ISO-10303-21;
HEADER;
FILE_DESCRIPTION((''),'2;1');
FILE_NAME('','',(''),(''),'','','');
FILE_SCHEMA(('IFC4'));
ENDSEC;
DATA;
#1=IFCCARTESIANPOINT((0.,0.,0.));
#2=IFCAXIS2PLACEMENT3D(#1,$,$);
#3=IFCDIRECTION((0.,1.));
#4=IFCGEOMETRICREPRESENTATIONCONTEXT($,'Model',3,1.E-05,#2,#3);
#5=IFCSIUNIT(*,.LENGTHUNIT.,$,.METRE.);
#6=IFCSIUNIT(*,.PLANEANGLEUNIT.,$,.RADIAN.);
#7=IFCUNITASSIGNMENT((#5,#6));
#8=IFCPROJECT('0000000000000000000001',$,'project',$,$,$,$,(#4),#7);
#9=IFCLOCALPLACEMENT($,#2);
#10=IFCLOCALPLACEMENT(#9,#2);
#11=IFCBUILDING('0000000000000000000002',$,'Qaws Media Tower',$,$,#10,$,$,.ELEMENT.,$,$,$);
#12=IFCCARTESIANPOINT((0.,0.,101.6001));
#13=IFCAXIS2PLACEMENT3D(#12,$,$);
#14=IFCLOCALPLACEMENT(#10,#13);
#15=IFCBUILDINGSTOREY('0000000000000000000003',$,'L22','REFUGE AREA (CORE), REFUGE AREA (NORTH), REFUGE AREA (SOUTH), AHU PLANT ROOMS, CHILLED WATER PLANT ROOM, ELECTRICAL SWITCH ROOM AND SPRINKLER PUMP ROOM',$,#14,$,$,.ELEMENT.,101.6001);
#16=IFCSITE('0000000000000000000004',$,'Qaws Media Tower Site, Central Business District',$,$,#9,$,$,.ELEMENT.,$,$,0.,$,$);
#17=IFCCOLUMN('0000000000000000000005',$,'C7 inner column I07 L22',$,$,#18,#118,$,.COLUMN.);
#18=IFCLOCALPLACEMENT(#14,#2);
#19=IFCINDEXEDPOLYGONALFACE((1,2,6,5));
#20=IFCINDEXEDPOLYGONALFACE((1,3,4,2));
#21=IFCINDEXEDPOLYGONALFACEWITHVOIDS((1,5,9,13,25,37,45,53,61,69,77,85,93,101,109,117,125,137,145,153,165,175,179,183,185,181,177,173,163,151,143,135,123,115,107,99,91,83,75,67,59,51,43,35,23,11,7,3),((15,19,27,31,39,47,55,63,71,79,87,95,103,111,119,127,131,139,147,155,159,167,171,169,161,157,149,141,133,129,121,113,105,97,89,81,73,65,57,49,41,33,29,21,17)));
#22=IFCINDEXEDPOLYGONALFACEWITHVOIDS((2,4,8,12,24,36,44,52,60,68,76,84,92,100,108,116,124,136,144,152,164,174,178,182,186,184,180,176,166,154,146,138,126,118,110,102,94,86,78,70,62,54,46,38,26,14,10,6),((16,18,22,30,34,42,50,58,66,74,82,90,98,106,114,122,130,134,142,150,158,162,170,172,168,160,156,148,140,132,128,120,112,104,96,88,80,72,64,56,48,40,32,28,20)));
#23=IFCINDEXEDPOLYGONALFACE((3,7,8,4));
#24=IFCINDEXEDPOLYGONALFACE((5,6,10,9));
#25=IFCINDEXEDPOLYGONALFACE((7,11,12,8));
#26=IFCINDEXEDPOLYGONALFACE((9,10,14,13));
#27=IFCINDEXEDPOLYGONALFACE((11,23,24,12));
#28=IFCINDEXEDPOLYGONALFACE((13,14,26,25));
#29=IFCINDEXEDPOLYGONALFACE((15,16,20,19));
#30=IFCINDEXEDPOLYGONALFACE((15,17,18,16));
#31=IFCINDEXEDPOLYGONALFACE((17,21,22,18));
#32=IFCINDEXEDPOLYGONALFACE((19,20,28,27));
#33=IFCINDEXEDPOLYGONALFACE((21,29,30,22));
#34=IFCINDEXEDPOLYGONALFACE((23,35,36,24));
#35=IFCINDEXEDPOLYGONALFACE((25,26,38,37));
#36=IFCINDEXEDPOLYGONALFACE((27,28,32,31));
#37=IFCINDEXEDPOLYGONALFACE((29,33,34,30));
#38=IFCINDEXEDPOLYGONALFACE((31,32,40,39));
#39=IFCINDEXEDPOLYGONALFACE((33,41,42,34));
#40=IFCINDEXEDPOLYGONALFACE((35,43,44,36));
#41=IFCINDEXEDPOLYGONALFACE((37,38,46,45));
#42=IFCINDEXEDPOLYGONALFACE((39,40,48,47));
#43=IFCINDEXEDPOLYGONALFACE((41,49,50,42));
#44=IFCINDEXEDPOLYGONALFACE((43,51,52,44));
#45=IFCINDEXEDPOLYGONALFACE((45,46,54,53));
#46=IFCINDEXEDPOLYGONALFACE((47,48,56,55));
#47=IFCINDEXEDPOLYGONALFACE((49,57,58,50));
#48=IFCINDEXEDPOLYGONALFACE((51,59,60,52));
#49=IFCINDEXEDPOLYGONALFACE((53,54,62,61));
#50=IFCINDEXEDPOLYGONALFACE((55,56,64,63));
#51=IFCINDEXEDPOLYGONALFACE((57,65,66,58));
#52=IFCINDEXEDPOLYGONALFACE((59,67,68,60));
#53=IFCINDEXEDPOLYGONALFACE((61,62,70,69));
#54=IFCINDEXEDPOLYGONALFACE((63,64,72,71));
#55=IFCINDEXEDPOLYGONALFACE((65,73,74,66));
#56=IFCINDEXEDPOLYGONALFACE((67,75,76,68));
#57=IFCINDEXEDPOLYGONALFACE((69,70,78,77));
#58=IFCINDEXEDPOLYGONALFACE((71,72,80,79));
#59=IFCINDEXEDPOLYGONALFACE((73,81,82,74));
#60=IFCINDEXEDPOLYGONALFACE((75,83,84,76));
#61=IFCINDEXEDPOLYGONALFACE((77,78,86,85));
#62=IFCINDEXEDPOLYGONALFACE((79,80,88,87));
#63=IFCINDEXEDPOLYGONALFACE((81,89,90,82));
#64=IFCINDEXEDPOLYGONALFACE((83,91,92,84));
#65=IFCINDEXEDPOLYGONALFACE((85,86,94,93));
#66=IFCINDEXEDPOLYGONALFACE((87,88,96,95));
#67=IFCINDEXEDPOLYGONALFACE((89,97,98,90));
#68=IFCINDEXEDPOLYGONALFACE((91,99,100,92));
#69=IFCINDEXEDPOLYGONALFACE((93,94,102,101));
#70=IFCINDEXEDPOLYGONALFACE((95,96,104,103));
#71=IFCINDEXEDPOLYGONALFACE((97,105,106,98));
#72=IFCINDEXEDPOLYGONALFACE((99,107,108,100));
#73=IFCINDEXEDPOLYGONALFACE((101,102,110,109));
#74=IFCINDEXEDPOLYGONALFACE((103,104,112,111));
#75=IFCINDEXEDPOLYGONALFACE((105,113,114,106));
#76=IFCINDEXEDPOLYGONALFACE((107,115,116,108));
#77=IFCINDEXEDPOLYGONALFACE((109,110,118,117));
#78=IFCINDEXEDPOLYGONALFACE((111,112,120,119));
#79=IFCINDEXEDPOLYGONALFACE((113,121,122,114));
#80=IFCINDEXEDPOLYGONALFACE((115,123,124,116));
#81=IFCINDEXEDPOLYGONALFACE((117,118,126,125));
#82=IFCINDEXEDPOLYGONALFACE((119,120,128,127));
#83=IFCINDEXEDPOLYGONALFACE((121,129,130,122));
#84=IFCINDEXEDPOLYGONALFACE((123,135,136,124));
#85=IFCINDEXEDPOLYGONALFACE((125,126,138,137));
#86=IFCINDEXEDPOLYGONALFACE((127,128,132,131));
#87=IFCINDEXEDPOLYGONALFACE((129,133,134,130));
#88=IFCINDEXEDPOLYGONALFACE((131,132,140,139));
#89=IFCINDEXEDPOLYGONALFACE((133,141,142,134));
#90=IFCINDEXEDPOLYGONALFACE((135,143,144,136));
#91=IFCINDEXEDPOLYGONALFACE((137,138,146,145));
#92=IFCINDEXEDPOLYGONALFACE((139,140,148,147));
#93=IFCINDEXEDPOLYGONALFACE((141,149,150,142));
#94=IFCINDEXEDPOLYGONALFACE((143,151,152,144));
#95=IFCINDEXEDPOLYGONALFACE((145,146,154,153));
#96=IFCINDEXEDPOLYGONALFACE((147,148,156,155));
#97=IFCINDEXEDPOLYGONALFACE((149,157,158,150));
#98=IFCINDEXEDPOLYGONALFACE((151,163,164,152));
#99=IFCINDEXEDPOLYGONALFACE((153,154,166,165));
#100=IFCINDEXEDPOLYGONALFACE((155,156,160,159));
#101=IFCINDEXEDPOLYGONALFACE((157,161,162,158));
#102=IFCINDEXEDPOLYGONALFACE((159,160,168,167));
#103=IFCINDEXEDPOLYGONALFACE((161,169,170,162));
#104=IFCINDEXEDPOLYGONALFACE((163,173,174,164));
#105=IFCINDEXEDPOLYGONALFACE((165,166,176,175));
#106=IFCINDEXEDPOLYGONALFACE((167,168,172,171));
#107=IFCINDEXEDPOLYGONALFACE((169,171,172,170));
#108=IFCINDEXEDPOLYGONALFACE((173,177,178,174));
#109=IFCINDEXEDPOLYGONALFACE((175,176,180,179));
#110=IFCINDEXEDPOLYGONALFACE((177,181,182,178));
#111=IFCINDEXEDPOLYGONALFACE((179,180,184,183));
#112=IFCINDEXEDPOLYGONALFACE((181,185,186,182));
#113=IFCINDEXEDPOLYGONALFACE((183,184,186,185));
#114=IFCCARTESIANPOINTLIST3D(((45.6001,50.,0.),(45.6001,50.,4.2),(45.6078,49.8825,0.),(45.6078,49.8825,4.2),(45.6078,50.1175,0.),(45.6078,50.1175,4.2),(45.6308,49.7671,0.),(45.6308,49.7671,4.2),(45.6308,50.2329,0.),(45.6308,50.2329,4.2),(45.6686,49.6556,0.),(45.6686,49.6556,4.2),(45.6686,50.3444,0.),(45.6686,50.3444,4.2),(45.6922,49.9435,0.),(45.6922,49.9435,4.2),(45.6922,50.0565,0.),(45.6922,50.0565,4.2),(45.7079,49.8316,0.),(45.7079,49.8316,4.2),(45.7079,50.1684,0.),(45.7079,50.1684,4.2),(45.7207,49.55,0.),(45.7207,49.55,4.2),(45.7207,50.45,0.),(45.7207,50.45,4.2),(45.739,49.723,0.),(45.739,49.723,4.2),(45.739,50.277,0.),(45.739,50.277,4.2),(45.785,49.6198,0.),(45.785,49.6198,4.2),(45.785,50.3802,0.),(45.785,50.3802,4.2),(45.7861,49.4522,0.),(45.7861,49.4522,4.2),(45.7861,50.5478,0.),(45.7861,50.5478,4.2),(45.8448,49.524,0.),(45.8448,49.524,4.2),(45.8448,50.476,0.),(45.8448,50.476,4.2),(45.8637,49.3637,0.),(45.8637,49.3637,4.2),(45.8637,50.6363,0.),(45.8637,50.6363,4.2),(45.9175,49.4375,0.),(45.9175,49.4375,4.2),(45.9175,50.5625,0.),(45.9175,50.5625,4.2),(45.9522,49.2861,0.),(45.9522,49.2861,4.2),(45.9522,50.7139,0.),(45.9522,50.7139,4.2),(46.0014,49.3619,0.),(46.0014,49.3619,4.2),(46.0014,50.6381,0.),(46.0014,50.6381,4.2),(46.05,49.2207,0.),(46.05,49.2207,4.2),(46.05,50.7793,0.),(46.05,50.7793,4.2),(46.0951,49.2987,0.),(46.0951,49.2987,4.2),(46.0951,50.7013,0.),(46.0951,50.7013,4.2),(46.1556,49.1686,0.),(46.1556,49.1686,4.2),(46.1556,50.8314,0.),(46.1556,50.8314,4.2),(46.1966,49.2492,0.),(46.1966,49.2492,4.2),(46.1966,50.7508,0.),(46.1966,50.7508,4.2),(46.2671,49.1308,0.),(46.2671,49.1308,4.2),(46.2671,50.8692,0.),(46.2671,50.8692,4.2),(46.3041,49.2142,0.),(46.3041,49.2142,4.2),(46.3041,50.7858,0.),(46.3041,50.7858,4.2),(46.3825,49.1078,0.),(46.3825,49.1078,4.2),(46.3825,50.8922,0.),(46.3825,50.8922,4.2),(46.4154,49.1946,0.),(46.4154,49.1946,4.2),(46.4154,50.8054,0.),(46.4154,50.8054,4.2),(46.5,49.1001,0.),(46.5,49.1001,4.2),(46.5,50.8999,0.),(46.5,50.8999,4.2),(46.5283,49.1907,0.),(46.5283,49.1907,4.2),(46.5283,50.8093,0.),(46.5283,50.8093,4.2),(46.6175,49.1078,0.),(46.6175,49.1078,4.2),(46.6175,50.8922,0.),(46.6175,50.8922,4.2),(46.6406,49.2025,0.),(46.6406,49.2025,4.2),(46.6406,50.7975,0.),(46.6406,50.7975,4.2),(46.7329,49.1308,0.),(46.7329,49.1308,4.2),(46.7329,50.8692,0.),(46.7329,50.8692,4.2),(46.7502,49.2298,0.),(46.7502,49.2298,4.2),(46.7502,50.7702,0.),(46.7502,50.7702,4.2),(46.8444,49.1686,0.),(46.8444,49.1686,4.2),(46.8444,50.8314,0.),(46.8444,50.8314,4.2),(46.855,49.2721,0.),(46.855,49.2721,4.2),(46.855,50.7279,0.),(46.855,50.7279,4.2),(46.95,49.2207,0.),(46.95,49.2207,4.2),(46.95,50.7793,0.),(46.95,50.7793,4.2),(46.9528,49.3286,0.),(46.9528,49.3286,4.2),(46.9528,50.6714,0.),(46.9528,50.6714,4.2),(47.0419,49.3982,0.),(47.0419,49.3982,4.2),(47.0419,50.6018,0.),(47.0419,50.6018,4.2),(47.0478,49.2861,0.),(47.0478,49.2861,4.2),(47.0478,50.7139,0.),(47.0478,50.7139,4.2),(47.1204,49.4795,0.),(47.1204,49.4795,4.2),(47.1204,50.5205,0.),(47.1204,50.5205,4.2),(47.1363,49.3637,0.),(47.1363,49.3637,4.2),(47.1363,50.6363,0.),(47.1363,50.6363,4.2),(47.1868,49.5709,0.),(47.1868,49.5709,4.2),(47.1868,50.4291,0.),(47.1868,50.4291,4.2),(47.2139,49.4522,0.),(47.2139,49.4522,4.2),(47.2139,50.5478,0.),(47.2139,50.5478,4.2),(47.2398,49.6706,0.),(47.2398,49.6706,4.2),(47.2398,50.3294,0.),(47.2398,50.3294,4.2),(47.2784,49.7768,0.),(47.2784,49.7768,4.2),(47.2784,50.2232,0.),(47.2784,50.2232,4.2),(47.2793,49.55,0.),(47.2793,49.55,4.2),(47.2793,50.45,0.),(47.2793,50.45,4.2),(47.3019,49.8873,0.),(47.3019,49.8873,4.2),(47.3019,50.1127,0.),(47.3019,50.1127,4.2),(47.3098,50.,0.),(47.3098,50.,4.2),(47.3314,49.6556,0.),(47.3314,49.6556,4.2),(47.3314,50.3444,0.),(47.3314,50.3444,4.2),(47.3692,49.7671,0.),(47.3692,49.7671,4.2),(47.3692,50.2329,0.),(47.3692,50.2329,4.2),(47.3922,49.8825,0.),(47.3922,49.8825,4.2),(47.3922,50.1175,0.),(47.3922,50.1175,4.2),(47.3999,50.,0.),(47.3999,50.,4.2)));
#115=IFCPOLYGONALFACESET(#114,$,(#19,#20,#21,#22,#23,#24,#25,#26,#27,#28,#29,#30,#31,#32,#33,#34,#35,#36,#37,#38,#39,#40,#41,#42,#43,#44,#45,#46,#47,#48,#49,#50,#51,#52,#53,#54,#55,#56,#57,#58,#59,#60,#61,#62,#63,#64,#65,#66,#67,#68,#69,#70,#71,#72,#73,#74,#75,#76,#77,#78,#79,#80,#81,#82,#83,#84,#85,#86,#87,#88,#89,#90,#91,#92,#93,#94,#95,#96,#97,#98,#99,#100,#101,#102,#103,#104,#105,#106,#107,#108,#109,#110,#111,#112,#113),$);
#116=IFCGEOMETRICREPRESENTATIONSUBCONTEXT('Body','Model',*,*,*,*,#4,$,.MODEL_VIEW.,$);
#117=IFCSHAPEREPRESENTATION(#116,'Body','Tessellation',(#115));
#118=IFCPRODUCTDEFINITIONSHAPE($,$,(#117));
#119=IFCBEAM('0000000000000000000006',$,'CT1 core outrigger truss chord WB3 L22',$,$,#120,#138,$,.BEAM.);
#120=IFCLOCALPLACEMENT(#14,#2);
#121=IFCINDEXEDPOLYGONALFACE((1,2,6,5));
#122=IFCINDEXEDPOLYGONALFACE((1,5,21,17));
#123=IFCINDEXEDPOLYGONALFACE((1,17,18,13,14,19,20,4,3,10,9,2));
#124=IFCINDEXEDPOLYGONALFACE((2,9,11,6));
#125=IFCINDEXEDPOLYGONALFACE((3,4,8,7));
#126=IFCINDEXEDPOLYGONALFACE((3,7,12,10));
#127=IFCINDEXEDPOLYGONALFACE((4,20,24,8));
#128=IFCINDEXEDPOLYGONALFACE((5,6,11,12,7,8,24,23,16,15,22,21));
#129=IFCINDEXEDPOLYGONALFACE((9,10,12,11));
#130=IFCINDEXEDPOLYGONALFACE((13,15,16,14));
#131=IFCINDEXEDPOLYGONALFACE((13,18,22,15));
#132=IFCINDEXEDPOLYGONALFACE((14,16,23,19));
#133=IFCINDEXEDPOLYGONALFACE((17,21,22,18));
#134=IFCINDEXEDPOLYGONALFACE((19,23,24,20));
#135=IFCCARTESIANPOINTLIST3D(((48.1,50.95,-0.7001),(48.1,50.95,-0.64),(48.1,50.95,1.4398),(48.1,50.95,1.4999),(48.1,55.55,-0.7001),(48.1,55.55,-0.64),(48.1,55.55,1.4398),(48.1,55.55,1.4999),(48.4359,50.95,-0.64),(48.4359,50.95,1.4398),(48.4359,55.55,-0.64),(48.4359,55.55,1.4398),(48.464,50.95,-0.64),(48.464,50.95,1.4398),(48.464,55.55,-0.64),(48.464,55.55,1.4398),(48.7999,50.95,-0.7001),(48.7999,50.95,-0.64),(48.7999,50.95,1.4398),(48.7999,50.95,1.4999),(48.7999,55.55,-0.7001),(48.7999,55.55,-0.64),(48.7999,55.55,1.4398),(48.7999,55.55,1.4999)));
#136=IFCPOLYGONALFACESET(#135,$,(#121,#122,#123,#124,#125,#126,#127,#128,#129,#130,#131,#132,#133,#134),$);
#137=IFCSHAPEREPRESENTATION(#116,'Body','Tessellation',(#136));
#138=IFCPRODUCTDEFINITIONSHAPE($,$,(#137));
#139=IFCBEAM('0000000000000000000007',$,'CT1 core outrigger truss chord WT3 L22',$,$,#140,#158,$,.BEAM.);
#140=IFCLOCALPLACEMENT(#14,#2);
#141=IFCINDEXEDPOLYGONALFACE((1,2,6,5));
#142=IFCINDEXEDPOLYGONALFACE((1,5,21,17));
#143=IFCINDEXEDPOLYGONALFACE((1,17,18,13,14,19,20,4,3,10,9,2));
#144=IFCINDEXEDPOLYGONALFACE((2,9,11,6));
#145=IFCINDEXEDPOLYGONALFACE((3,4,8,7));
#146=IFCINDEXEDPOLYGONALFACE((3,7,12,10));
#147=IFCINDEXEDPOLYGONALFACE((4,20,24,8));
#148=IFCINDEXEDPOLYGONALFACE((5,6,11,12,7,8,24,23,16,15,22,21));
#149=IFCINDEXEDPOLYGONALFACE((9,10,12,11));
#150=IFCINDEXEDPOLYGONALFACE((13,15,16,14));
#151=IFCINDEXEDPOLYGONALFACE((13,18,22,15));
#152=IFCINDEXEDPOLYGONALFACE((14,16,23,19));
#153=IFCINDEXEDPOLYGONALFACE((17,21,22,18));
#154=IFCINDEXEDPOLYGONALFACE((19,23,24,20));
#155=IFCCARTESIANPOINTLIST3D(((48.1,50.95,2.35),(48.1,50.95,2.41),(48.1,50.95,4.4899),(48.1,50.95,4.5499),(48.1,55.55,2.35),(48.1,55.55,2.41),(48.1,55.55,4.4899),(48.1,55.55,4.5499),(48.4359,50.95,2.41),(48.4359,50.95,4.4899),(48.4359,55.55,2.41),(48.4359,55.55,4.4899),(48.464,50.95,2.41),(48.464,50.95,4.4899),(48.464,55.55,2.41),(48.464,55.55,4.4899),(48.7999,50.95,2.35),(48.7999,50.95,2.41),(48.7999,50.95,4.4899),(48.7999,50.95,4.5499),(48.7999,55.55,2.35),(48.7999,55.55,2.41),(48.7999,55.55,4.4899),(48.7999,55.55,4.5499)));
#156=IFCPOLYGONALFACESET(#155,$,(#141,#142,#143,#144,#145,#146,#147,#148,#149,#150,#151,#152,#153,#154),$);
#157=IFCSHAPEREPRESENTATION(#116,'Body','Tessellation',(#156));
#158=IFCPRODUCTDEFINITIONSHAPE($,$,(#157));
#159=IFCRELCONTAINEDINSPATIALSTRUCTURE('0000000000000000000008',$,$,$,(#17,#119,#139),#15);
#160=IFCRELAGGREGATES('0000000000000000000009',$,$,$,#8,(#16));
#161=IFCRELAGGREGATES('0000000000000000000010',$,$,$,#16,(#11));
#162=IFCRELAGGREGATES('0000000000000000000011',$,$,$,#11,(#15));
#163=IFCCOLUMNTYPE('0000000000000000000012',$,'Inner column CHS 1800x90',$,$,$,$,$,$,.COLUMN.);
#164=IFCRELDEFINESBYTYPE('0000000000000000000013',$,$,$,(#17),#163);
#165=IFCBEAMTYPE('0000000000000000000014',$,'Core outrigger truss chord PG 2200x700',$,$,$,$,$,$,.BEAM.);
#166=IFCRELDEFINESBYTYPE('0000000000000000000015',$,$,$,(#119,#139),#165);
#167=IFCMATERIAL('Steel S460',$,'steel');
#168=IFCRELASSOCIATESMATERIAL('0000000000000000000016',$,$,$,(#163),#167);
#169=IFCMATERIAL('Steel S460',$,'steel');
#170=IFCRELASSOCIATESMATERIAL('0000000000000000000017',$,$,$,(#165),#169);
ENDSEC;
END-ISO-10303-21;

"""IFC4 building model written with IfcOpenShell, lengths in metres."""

from ifc_helpers import new_model, si_unit, direction, frame, origin, origin_2d, place, context, subcontext, project, spatial, hollow_circle, i_section, extrude, material, material_profile, profile_set, type_object, element, save


model = new_model("IFC4")

# Units and contexts
model_context = context("Model", 3, precision=1e-05, world=origin(), true_north=direction((0.0, 1.0)))
body_context = subcontext(model_context, "Body", "Model", "MODEL_VIEW")
ifc_project = project(units=[si_unit("LENGTHUNIT", "METRE"), si_unit("PLANEANGLEUNIT", "RADIAN")], contexts=[model_context])

# Site, building, storey
site_placement = place(None, origin())
site = spatial("IfcSite", under=ifc_project, at=site_placement, Name="Qaws Media Tower Site, Central Business District", CompositionType="ELEMENT", RefElevation=0.0)
building_placement = place(site_placement, origin())
building = spatial("IfcBuilding", under=site, at=building_placement, Name="Qaws Media Tower", CompositionType="ELEMENT")
storey_placement = place(building_placement, frame((0.0, 0.0, 101.6001)))
storey = spatial("IfcBuildingStorey", under=building, at=storey_placement, Name="L22", Description="REFUGE AREA (CORE), REFUGE AREA (NORTH), REFUGE AREA (SOUTH), AHU PLANT ROOMS, CHILLED WATER PLANT ROOM, ELECTRICAL SWITCH ROOM AND SPRINKLER PUMP ROOM", CompositionType="ELEMENT", Elevation=101.6001)

# Column
ifc_material_1 = material(Name="Steel S460", Category="steel")
ifc_material_profile_1 = material_profile(ifc_material_1, hollow_circle(Radius=0.8999, WallThickness=0.0901, at=origin_2d()), Name="CHS 1800x90")
ifc_profile_set_1 = profile_set([ifc_material_profile_1], Name="Steel S460")
column_type = type_object("IfcColumnType", Name="Inner column CHS 1800x90", PredefinedType="COLUMN", material=ifc_profile_set_1)
column_placement = place(storey_placement, frame((46.5, 50.0, 0.0), z_axis=(0.0, 0.0, 1.0), x_axis=(1.0, 0.0, 0.0)))
element("IfcColumn", 1, at=column_placement, inside=storey, type_object=column_type, Name="C7 inner column I07 L22", PredefinedType="COLUMN", context=body_context, shape_type="SweptSolid", body=[
    extrude(hollow_circle(Radius=0.8999, WallThickness=0.0901, at=origin_2d()), origin(), (0.0, 0.0, 1.0), 4.2),
])

# Beams
ifc_material_2 = material(Name="Steel S460", Category="steel")
ifc_material_profile_2 = material_profile(ifc_material_2, i_section(OverallWidth=0.7, OverallDepth=2.2, WebThickness=0.0281, FlangeThickness=0.0601, at=origin_2d()), Name="PG 2200x700")
ifc_profile_set_2 = profile_set([ifc_material_profile_2], Name="Steel S460")
beam_type_1 = type_object("IfcBeamType", Name="Core outrigger truss chord PG 2200x700", PredefinedType="BEAM", material=ifc_profile_set_2)
for number, where, z_axis, x_axis, name in (
    (2, (48.45, 50.95, 0.3999), (0.0, 1.0, 0.0), (-1.0, 0.0, 0.0), "CT1 core outrigger truss chord WB3 L22"),
    (3, (48.45, 50.95, 3.45), (0.0, 1.0, 0.0), (-1.0, 0.0, 0.0), "CT1 core outrigger truss chord WT3 L22"),
):
    element("IfcBeam", number, at=place(storey_placement, frame(where, z_axis=z_axis, x_axis=x_axis)), inside=storey, type_object=beam_type_1, Name=name, PredefinedType="BEAM", context=body_context, shape_type="SweptSolid", body=[
        extrude(i_section(OverallWidth=0.7, OverallDepth=2.2, WebThickness=0.0281, FlangeThickness=0.0601, at=origin_2d()), origin(), (0.0, 0.0, 1.0), 4.6001),
    ])

save(model, "model.ifc")
